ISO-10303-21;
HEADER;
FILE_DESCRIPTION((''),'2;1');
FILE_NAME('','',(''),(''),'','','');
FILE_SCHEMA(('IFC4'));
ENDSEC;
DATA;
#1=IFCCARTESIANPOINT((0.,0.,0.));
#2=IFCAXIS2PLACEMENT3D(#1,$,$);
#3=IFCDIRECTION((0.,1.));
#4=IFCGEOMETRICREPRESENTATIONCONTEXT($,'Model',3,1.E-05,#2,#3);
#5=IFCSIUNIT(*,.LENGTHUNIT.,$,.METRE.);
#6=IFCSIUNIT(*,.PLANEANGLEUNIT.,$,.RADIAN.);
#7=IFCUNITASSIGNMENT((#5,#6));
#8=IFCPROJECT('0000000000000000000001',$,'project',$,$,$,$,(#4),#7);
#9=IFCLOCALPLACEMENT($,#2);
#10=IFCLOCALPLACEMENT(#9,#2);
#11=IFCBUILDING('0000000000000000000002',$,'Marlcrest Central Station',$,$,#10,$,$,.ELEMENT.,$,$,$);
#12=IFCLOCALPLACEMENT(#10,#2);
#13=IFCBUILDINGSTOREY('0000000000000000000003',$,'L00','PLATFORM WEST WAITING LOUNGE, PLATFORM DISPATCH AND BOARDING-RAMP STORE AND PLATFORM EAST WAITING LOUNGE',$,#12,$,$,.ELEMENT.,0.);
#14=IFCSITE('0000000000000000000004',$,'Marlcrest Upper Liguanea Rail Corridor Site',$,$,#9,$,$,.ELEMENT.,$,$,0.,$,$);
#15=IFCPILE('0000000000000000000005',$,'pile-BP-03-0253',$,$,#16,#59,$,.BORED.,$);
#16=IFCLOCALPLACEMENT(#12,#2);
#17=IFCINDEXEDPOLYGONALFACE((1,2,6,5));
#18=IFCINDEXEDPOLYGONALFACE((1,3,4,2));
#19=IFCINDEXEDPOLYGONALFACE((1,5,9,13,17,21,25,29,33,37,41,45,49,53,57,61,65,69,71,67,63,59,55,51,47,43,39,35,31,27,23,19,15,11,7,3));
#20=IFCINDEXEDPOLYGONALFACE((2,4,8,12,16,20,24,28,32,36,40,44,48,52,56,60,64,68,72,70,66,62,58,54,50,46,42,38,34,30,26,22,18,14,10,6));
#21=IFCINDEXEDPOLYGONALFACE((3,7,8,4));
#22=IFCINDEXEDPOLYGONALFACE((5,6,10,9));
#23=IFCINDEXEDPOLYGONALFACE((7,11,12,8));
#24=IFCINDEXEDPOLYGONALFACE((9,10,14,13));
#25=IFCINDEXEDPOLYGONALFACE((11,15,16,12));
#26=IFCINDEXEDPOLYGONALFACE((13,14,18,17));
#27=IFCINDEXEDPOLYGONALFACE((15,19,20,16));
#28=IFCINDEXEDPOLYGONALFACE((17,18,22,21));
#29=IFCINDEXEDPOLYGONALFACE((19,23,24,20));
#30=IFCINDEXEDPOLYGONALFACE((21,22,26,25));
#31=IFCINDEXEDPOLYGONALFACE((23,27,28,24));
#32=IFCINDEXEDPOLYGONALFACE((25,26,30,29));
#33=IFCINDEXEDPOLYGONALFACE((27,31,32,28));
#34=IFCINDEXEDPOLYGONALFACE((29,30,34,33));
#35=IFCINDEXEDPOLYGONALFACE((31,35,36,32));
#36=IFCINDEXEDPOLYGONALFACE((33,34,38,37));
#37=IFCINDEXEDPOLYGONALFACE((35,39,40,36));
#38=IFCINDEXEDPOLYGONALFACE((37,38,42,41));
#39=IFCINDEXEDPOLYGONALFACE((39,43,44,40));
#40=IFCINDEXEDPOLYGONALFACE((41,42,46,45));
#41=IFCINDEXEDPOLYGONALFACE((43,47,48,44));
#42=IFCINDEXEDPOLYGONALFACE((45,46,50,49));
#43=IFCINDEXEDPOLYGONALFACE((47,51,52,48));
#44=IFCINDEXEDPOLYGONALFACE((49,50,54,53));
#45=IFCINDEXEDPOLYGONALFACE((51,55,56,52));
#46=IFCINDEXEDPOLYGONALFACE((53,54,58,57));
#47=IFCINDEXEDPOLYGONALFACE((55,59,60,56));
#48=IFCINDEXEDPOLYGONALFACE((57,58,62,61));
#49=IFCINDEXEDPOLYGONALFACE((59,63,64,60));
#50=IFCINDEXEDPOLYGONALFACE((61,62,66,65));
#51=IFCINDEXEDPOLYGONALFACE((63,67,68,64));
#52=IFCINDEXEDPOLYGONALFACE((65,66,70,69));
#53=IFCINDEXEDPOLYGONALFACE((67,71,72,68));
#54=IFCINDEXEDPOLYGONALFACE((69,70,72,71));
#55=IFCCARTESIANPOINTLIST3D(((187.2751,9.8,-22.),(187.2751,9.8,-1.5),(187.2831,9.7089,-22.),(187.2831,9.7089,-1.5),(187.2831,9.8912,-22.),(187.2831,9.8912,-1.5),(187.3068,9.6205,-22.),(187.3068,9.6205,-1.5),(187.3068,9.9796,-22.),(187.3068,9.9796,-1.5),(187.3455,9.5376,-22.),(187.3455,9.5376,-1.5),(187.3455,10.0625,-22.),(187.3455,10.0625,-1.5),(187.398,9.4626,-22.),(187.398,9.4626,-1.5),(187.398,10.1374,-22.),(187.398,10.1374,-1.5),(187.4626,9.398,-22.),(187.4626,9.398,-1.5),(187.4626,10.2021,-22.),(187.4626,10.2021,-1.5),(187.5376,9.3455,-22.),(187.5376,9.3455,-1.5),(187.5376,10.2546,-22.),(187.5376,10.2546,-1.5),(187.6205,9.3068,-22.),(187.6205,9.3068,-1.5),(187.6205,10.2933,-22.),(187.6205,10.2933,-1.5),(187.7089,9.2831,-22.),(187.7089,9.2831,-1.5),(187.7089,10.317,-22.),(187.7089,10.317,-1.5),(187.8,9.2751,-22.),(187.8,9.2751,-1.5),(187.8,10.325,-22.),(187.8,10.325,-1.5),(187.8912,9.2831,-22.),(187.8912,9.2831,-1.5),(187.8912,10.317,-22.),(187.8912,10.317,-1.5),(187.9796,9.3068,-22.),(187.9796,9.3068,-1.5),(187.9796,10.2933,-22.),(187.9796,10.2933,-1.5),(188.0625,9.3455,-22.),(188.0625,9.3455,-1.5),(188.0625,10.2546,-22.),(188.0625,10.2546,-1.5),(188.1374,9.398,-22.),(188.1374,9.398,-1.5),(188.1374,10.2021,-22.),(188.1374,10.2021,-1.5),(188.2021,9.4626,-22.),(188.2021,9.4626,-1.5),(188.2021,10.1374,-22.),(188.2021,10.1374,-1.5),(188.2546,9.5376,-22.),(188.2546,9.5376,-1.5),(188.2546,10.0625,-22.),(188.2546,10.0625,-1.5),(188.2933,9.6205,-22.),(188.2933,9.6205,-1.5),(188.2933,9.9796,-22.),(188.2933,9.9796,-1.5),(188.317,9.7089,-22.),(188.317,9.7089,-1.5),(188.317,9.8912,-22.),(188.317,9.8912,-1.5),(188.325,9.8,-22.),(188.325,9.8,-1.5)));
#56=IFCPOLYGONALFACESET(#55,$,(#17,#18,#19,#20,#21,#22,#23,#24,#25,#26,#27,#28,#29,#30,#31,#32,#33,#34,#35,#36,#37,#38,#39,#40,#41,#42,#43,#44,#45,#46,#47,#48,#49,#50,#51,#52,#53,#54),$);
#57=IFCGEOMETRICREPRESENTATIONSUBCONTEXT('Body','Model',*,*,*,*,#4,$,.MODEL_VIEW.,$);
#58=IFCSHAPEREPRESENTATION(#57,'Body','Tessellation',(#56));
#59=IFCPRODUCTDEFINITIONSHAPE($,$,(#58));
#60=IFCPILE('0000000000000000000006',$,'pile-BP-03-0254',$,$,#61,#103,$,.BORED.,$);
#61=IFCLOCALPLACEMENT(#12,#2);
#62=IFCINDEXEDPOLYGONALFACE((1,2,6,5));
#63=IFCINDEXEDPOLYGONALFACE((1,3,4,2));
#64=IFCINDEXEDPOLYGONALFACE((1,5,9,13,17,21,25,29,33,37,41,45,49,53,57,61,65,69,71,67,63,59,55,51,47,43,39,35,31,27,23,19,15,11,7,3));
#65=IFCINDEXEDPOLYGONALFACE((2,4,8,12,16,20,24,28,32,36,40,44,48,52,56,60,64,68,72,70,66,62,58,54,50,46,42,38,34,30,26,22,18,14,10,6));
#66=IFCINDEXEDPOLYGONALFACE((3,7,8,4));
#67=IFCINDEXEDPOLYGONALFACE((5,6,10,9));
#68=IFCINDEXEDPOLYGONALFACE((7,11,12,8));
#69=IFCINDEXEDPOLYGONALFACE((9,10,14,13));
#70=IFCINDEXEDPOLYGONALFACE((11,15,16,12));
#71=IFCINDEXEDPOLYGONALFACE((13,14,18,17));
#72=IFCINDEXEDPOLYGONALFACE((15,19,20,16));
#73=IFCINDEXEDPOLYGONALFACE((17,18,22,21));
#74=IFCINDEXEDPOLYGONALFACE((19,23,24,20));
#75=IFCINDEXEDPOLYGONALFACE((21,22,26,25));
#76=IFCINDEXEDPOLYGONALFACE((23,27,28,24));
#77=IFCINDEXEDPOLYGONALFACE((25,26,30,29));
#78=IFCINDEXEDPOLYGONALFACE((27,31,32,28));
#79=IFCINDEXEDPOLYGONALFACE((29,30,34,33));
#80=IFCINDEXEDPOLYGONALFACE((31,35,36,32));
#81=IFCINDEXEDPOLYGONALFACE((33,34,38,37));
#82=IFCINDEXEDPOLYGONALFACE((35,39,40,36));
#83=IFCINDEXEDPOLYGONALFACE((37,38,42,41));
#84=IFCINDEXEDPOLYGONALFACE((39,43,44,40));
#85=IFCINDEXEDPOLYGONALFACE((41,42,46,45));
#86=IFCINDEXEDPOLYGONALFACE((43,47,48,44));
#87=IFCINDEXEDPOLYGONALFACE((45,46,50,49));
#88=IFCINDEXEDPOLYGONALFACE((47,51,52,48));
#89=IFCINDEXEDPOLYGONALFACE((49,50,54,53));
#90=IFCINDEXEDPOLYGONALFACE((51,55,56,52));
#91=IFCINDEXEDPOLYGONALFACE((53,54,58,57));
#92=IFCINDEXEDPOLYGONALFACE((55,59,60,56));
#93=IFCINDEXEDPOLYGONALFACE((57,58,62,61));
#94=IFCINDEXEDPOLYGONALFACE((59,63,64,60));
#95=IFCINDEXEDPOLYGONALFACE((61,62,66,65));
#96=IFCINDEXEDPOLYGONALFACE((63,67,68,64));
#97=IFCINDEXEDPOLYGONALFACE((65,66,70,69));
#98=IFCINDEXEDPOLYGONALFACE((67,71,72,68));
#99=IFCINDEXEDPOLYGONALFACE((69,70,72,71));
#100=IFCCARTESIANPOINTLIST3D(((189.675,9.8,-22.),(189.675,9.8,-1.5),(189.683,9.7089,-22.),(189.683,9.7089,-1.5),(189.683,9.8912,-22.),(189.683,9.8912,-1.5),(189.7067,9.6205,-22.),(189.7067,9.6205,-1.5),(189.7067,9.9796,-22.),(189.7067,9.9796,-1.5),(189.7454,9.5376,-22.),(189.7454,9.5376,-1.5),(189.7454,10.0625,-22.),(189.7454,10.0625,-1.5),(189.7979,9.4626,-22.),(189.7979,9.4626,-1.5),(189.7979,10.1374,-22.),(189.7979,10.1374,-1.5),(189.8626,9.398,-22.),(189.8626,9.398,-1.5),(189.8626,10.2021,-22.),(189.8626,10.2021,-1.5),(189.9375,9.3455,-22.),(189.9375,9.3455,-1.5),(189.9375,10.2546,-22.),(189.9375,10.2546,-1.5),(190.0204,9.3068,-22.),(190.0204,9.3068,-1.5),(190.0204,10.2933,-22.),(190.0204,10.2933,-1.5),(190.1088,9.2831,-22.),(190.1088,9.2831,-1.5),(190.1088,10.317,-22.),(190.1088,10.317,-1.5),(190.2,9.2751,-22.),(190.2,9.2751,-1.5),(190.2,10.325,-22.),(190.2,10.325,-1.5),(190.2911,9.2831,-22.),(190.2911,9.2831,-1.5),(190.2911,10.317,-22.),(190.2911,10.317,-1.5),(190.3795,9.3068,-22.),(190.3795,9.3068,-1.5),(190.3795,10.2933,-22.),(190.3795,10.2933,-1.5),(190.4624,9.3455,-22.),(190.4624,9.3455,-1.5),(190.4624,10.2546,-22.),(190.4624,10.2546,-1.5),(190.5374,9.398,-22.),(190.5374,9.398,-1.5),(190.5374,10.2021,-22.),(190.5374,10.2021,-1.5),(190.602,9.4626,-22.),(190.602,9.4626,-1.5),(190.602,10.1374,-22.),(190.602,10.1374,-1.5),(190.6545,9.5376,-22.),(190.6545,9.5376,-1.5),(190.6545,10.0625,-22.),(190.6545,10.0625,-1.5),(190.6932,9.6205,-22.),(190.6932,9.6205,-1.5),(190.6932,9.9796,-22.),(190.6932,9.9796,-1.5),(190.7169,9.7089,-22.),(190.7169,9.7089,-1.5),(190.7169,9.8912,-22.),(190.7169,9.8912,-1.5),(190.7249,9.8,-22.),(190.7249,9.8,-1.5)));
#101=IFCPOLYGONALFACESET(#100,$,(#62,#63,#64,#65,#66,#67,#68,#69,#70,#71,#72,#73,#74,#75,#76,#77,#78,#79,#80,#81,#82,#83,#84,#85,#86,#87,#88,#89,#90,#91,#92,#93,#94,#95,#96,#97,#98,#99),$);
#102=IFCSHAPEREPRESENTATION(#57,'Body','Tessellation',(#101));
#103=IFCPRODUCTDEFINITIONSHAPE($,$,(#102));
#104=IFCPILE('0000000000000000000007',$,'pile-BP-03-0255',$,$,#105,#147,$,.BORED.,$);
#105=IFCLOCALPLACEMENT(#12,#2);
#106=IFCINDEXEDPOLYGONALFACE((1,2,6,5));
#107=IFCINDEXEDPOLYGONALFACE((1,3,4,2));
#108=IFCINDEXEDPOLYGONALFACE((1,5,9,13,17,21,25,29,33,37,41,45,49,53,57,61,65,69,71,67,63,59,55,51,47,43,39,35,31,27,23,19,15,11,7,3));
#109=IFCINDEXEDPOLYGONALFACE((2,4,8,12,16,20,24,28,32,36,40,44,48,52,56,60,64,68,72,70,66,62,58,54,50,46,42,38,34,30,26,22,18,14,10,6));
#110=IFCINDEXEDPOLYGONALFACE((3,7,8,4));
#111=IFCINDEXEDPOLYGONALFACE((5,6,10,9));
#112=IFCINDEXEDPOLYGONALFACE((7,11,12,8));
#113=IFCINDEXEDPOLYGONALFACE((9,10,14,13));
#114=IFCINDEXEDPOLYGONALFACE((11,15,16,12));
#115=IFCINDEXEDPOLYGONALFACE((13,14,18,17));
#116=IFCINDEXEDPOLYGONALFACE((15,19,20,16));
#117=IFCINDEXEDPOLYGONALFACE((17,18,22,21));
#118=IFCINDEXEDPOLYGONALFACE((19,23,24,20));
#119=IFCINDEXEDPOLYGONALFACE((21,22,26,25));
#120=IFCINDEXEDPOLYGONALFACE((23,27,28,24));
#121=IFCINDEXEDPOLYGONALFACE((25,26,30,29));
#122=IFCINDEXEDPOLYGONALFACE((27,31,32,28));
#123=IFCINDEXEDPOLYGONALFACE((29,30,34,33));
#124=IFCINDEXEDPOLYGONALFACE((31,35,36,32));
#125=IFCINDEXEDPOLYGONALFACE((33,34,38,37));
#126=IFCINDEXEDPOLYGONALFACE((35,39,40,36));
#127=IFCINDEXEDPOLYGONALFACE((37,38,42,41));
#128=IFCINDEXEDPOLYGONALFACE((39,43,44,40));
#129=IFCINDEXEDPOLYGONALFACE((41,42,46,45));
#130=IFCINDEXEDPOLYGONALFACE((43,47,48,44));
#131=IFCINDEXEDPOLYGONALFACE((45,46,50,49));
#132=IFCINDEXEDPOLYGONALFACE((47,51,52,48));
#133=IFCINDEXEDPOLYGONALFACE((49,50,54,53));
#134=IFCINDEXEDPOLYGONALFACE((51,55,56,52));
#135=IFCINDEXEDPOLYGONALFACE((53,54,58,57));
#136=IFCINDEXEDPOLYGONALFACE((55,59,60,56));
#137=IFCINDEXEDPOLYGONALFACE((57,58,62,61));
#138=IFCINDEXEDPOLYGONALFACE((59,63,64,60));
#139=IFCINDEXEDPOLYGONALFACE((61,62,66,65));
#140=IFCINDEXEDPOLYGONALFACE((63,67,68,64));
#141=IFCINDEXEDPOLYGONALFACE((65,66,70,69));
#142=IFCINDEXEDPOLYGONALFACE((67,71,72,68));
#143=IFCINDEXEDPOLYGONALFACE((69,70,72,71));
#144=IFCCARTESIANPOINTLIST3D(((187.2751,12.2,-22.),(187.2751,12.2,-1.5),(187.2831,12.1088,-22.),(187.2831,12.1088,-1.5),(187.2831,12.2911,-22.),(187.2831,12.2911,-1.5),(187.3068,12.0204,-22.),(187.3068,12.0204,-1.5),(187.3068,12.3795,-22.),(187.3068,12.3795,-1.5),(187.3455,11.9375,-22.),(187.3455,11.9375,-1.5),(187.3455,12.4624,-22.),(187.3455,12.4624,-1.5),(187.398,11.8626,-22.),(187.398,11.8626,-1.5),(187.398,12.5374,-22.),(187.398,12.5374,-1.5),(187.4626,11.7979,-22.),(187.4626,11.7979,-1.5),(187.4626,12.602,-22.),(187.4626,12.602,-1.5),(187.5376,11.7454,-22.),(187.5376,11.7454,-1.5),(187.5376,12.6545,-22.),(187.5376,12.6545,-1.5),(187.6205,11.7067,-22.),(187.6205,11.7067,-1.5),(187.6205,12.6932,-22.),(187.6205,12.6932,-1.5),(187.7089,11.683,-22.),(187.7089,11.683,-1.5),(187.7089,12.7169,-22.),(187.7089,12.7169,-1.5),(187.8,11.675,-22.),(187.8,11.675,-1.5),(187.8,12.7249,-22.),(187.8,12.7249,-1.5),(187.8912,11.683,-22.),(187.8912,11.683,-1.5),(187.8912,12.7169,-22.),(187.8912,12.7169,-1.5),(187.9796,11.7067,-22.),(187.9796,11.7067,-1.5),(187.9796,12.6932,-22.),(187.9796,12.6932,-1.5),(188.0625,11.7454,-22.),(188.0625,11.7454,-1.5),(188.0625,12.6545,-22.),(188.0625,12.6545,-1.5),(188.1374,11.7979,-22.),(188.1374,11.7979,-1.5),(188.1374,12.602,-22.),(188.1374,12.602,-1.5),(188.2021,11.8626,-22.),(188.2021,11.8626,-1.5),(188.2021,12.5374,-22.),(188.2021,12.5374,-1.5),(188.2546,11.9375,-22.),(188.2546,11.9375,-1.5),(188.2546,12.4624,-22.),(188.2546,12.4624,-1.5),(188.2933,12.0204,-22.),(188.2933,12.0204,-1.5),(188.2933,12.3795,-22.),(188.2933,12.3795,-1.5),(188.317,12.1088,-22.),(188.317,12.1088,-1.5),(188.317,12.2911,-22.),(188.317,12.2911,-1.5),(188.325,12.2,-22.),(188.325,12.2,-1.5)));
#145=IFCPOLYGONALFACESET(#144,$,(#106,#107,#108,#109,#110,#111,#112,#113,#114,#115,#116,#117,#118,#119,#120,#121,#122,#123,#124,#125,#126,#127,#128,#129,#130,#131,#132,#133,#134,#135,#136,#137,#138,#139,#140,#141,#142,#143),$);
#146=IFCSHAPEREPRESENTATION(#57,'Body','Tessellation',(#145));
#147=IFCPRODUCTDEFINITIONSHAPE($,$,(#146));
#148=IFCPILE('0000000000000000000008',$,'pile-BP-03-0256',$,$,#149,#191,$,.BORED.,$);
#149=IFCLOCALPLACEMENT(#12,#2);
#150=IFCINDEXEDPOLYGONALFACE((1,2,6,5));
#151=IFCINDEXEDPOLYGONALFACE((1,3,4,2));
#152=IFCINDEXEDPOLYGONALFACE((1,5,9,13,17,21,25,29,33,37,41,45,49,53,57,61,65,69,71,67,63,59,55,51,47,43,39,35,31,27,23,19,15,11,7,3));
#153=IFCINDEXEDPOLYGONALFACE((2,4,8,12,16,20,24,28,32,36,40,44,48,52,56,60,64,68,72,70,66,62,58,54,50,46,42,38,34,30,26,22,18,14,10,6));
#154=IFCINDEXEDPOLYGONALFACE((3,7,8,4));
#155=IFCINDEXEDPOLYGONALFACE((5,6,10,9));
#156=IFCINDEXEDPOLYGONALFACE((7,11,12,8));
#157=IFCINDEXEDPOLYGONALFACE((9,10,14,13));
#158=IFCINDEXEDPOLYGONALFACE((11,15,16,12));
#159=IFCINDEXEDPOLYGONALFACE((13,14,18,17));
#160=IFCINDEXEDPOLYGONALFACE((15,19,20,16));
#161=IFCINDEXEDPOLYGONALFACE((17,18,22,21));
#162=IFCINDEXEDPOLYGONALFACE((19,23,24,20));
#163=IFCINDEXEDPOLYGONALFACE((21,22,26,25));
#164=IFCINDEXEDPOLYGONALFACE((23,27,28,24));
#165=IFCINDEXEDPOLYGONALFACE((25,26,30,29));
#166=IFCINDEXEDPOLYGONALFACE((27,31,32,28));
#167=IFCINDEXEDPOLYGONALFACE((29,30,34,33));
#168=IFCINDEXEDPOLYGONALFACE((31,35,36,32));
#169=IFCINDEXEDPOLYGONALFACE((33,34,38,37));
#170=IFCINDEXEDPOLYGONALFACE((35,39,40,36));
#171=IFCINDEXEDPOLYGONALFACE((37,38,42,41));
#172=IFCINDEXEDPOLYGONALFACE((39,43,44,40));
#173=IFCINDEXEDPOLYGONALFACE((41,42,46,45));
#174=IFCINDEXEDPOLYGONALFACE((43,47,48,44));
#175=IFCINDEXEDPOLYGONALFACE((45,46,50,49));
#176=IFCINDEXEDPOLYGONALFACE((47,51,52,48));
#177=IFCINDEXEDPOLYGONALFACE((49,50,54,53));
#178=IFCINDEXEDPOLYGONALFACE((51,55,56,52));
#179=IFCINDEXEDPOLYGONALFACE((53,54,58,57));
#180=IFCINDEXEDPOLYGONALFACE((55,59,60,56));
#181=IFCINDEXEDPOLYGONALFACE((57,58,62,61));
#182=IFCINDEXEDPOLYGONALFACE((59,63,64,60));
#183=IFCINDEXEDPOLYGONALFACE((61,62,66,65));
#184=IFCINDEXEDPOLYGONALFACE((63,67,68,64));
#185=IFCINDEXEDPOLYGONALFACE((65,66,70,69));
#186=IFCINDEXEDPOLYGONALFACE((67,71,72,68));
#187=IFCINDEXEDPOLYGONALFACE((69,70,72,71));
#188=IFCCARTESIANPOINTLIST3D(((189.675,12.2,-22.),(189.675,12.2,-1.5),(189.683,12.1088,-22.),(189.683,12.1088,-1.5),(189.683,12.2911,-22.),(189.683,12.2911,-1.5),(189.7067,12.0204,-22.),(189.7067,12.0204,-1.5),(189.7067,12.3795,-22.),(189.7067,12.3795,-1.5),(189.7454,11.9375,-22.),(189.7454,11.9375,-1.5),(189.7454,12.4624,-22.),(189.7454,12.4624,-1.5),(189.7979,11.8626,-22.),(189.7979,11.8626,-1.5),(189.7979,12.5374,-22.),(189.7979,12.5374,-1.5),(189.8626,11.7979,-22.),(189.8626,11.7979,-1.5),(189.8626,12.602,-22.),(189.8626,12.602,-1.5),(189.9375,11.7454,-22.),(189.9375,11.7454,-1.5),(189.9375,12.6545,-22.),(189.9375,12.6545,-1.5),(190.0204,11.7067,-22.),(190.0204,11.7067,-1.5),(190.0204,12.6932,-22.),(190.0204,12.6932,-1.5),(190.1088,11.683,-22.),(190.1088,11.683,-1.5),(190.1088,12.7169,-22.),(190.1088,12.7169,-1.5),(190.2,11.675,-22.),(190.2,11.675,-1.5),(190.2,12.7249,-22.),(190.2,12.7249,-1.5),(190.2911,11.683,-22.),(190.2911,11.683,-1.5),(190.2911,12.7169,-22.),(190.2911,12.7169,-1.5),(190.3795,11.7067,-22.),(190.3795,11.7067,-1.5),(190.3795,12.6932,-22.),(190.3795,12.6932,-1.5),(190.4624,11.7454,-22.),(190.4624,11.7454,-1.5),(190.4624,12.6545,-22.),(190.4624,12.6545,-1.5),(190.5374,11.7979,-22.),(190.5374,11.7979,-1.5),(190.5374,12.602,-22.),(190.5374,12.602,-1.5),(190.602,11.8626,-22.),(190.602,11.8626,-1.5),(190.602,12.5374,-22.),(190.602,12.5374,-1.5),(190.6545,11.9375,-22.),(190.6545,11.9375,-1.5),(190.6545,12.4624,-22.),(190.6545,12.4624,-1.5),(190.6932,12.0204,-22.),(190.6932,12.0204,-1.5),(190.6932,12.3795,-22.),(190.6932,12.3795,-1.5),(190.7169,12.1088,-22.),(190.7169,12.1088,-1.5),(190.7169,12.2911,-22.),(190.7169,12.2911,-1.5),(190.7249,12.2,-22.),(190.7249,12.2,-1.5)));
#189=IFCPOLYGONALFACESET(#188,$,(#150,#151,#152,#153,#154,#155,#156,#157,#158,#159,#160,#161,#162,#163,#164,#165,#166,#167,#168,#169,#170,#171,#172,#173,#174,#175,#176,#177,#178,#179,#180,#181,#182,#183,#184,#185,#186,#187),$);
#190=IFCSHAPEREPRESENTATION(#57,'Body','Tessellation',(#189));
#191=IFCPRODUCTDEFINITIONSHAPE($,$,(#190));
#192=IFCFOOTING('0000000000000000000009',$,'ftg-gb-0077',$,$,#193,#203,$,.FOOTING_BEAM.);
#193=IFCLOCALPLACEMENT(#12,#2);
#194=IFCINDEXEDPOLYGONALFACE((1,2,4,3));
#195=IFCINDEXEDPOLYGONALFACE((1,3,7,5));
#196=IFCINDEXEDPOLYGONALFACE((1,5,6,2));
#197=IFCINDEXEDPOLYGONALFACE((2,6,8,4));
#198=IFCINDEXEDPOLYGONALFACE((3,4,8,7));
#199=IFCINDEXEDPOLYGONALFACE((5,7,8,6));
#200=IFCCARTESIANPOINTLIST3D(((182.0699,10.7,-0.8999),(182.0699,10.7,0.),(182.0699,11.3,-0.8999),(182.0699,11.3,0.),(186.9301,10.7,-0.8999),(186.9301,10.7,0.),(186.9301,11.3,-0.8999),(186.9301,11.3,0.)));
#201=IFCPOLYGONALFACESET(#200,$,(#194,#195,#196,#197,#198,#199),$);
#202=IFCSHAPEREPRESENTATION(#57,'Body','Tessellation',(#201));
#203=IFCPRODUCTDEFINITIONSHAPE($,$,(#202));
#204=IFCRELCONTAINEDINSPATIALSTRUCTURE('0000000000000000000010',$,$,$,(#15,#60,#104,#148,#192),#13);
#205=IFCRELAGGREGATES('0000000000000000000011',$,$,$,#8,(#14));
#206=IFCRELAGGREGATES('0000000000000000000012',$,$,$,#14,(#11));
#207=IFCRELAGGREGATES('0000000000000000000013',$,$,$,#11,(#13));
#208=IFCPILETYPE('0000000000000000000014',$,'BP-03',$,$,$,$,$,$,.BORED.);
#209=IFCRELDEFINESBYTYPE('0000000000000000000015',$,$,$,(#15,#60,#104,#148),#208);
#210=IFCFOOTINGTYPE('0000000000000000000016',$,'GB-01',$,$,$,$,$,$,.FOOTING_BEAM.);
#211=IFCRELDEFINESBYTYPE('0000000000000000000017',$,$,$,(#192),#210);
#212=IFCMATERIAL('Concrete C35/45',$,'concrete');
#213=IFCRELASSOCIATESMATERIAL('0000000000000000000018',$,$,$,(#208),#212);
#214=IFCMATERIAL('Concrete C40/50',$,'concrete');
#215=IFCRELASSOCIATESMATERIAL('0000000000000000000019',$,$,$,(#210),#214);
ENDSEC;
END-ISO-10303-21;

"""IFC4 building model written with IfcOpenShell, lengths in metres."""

from ifc_helpers import new_model, si_unit, direction, frame, origin, origin_2d, place, context, subcontext, project, spatial, rectangle, circle, extrude, material, material_profile, profile_set, type_object, element, save


model = new_model("IFC4")

# Units and contexts
model_context = context("Model", 3, precision=1e-05, world=origin(), true_north=direction((0.0, 1.0)))
body_context = subcontext(model_context, "Body", "Model", "MODEL_VIEW")
ifc_project = project(units=[si_unit("LENGTHUNIT", "METRE"), si_unit("PLANEANGLEUNIT", "RADIAN")], contexts=[model_context])

# Site, building, storey
site_placement = place(None, origin())
site = spatial("IfcSite", under=ifc_project, at=site_placement, Name="Marlcrest Upper Liguanea Rail Corridor Site", CompositionType="ELEMENT", RefElevation=0.0)
building_placement = place(site_placement, origin())
building = spatial("IfcBuilding", under=site, at=building_placement, Name="Marlcrest Central Station", CompositionType="ELEMENT")
storey_placement = place(building_placement, origin())
storey = spatial("IfcBuildingStorey", under=building, at=storey_placement, Name="L00", Description="PLATFORM WEST WAITING LOUNGE, PLATFORM DISPATCH AND BOARDING-RAMP STORE AND PLATFORM EAST WAITING LOUNGE", CompositionType="ELEMENT", Elevation=0.0)

# Piles
ifc_material_1 = material(Name="Concrete C35/45", Category="concrete")
ifc_material_profile_1 = material_profile(ifc_material_1, circle(Radius=0.5249, at=origin_2d()), Name="PILE D1050")
ifc_profile_set_1 = profile_set([ifc_material_profile_1], Name="Concrete C35/45")
pile_type = type_object("IfcPileType", Name="BP-03", PredefinedType="BORED", material=ifc_profile_set_1)
for number, where, z_axis, x_axis, name in (
    (1, (187.8, 9.8, -1.5), (0.0, 0.0, -1.0), (1.0, 0.0, 0.0), "pile-BP-03-0253"),
    (2, (190.2, 9.8, -1.5), (0.0, 0.0, -1.0), (1.0, 0.0, 0.0), "pile-BP-03-0254"),
    (3, (187.8, 12.2, -1.5), (0.0, 0.0, -1.0), (1.0, 0.0, 0.0), "pile-BP-03-0255"),
    (4, (190.2, 12.2, -1.5), (0.0, 0.0, -1.0), (1.0, 0.0, 0.0), "pile-BP-03-0256"),
):
    element("IfcPile", number, at=place(storey_placement, frame(where, z_axis=z_axis, x_axis=x_axis)), inside=storey, type_object=pile_type, Name=name, PredefinedType="BORED", context=body_context, shape_type="SweptSolid", body=[
        extrude(circle(Radius=0.5249, at=origin_2d()), origin(), (0.0, 0.0, 1.0), 20.5),
    ])

# Footing
ifc_material_2 = material(Name="Concrete C40/50", Category="concrete")
footing_type_1 = type_object("IfcFootingType", Name="GB-01", PredefinedType="FOOTING_BEAM", material=ifc_material_2)
footing_1_placement = place(storey_placement, frame((184.5, 11.0, -0.8999), z_axis=(0.0, 0.0, 1.0), x_axis=(1.0, 0.0, 0.0)))
element("IfcFooting", 5, at=footing_1_placement, inside=storey, type_object=footing_type_1, Name="ftg-gb-0077", PredefinedType="FOOTING_BEAM", context=body_context, shape_type="SweptSolid", body=[
    extrude(rectangle(XDim=4.8601, YDim=0.6001, at=origin_2d()), origin(), (0.0, 0.0, 1.0), 0.8999),
])

save(model, "model.ifc")
